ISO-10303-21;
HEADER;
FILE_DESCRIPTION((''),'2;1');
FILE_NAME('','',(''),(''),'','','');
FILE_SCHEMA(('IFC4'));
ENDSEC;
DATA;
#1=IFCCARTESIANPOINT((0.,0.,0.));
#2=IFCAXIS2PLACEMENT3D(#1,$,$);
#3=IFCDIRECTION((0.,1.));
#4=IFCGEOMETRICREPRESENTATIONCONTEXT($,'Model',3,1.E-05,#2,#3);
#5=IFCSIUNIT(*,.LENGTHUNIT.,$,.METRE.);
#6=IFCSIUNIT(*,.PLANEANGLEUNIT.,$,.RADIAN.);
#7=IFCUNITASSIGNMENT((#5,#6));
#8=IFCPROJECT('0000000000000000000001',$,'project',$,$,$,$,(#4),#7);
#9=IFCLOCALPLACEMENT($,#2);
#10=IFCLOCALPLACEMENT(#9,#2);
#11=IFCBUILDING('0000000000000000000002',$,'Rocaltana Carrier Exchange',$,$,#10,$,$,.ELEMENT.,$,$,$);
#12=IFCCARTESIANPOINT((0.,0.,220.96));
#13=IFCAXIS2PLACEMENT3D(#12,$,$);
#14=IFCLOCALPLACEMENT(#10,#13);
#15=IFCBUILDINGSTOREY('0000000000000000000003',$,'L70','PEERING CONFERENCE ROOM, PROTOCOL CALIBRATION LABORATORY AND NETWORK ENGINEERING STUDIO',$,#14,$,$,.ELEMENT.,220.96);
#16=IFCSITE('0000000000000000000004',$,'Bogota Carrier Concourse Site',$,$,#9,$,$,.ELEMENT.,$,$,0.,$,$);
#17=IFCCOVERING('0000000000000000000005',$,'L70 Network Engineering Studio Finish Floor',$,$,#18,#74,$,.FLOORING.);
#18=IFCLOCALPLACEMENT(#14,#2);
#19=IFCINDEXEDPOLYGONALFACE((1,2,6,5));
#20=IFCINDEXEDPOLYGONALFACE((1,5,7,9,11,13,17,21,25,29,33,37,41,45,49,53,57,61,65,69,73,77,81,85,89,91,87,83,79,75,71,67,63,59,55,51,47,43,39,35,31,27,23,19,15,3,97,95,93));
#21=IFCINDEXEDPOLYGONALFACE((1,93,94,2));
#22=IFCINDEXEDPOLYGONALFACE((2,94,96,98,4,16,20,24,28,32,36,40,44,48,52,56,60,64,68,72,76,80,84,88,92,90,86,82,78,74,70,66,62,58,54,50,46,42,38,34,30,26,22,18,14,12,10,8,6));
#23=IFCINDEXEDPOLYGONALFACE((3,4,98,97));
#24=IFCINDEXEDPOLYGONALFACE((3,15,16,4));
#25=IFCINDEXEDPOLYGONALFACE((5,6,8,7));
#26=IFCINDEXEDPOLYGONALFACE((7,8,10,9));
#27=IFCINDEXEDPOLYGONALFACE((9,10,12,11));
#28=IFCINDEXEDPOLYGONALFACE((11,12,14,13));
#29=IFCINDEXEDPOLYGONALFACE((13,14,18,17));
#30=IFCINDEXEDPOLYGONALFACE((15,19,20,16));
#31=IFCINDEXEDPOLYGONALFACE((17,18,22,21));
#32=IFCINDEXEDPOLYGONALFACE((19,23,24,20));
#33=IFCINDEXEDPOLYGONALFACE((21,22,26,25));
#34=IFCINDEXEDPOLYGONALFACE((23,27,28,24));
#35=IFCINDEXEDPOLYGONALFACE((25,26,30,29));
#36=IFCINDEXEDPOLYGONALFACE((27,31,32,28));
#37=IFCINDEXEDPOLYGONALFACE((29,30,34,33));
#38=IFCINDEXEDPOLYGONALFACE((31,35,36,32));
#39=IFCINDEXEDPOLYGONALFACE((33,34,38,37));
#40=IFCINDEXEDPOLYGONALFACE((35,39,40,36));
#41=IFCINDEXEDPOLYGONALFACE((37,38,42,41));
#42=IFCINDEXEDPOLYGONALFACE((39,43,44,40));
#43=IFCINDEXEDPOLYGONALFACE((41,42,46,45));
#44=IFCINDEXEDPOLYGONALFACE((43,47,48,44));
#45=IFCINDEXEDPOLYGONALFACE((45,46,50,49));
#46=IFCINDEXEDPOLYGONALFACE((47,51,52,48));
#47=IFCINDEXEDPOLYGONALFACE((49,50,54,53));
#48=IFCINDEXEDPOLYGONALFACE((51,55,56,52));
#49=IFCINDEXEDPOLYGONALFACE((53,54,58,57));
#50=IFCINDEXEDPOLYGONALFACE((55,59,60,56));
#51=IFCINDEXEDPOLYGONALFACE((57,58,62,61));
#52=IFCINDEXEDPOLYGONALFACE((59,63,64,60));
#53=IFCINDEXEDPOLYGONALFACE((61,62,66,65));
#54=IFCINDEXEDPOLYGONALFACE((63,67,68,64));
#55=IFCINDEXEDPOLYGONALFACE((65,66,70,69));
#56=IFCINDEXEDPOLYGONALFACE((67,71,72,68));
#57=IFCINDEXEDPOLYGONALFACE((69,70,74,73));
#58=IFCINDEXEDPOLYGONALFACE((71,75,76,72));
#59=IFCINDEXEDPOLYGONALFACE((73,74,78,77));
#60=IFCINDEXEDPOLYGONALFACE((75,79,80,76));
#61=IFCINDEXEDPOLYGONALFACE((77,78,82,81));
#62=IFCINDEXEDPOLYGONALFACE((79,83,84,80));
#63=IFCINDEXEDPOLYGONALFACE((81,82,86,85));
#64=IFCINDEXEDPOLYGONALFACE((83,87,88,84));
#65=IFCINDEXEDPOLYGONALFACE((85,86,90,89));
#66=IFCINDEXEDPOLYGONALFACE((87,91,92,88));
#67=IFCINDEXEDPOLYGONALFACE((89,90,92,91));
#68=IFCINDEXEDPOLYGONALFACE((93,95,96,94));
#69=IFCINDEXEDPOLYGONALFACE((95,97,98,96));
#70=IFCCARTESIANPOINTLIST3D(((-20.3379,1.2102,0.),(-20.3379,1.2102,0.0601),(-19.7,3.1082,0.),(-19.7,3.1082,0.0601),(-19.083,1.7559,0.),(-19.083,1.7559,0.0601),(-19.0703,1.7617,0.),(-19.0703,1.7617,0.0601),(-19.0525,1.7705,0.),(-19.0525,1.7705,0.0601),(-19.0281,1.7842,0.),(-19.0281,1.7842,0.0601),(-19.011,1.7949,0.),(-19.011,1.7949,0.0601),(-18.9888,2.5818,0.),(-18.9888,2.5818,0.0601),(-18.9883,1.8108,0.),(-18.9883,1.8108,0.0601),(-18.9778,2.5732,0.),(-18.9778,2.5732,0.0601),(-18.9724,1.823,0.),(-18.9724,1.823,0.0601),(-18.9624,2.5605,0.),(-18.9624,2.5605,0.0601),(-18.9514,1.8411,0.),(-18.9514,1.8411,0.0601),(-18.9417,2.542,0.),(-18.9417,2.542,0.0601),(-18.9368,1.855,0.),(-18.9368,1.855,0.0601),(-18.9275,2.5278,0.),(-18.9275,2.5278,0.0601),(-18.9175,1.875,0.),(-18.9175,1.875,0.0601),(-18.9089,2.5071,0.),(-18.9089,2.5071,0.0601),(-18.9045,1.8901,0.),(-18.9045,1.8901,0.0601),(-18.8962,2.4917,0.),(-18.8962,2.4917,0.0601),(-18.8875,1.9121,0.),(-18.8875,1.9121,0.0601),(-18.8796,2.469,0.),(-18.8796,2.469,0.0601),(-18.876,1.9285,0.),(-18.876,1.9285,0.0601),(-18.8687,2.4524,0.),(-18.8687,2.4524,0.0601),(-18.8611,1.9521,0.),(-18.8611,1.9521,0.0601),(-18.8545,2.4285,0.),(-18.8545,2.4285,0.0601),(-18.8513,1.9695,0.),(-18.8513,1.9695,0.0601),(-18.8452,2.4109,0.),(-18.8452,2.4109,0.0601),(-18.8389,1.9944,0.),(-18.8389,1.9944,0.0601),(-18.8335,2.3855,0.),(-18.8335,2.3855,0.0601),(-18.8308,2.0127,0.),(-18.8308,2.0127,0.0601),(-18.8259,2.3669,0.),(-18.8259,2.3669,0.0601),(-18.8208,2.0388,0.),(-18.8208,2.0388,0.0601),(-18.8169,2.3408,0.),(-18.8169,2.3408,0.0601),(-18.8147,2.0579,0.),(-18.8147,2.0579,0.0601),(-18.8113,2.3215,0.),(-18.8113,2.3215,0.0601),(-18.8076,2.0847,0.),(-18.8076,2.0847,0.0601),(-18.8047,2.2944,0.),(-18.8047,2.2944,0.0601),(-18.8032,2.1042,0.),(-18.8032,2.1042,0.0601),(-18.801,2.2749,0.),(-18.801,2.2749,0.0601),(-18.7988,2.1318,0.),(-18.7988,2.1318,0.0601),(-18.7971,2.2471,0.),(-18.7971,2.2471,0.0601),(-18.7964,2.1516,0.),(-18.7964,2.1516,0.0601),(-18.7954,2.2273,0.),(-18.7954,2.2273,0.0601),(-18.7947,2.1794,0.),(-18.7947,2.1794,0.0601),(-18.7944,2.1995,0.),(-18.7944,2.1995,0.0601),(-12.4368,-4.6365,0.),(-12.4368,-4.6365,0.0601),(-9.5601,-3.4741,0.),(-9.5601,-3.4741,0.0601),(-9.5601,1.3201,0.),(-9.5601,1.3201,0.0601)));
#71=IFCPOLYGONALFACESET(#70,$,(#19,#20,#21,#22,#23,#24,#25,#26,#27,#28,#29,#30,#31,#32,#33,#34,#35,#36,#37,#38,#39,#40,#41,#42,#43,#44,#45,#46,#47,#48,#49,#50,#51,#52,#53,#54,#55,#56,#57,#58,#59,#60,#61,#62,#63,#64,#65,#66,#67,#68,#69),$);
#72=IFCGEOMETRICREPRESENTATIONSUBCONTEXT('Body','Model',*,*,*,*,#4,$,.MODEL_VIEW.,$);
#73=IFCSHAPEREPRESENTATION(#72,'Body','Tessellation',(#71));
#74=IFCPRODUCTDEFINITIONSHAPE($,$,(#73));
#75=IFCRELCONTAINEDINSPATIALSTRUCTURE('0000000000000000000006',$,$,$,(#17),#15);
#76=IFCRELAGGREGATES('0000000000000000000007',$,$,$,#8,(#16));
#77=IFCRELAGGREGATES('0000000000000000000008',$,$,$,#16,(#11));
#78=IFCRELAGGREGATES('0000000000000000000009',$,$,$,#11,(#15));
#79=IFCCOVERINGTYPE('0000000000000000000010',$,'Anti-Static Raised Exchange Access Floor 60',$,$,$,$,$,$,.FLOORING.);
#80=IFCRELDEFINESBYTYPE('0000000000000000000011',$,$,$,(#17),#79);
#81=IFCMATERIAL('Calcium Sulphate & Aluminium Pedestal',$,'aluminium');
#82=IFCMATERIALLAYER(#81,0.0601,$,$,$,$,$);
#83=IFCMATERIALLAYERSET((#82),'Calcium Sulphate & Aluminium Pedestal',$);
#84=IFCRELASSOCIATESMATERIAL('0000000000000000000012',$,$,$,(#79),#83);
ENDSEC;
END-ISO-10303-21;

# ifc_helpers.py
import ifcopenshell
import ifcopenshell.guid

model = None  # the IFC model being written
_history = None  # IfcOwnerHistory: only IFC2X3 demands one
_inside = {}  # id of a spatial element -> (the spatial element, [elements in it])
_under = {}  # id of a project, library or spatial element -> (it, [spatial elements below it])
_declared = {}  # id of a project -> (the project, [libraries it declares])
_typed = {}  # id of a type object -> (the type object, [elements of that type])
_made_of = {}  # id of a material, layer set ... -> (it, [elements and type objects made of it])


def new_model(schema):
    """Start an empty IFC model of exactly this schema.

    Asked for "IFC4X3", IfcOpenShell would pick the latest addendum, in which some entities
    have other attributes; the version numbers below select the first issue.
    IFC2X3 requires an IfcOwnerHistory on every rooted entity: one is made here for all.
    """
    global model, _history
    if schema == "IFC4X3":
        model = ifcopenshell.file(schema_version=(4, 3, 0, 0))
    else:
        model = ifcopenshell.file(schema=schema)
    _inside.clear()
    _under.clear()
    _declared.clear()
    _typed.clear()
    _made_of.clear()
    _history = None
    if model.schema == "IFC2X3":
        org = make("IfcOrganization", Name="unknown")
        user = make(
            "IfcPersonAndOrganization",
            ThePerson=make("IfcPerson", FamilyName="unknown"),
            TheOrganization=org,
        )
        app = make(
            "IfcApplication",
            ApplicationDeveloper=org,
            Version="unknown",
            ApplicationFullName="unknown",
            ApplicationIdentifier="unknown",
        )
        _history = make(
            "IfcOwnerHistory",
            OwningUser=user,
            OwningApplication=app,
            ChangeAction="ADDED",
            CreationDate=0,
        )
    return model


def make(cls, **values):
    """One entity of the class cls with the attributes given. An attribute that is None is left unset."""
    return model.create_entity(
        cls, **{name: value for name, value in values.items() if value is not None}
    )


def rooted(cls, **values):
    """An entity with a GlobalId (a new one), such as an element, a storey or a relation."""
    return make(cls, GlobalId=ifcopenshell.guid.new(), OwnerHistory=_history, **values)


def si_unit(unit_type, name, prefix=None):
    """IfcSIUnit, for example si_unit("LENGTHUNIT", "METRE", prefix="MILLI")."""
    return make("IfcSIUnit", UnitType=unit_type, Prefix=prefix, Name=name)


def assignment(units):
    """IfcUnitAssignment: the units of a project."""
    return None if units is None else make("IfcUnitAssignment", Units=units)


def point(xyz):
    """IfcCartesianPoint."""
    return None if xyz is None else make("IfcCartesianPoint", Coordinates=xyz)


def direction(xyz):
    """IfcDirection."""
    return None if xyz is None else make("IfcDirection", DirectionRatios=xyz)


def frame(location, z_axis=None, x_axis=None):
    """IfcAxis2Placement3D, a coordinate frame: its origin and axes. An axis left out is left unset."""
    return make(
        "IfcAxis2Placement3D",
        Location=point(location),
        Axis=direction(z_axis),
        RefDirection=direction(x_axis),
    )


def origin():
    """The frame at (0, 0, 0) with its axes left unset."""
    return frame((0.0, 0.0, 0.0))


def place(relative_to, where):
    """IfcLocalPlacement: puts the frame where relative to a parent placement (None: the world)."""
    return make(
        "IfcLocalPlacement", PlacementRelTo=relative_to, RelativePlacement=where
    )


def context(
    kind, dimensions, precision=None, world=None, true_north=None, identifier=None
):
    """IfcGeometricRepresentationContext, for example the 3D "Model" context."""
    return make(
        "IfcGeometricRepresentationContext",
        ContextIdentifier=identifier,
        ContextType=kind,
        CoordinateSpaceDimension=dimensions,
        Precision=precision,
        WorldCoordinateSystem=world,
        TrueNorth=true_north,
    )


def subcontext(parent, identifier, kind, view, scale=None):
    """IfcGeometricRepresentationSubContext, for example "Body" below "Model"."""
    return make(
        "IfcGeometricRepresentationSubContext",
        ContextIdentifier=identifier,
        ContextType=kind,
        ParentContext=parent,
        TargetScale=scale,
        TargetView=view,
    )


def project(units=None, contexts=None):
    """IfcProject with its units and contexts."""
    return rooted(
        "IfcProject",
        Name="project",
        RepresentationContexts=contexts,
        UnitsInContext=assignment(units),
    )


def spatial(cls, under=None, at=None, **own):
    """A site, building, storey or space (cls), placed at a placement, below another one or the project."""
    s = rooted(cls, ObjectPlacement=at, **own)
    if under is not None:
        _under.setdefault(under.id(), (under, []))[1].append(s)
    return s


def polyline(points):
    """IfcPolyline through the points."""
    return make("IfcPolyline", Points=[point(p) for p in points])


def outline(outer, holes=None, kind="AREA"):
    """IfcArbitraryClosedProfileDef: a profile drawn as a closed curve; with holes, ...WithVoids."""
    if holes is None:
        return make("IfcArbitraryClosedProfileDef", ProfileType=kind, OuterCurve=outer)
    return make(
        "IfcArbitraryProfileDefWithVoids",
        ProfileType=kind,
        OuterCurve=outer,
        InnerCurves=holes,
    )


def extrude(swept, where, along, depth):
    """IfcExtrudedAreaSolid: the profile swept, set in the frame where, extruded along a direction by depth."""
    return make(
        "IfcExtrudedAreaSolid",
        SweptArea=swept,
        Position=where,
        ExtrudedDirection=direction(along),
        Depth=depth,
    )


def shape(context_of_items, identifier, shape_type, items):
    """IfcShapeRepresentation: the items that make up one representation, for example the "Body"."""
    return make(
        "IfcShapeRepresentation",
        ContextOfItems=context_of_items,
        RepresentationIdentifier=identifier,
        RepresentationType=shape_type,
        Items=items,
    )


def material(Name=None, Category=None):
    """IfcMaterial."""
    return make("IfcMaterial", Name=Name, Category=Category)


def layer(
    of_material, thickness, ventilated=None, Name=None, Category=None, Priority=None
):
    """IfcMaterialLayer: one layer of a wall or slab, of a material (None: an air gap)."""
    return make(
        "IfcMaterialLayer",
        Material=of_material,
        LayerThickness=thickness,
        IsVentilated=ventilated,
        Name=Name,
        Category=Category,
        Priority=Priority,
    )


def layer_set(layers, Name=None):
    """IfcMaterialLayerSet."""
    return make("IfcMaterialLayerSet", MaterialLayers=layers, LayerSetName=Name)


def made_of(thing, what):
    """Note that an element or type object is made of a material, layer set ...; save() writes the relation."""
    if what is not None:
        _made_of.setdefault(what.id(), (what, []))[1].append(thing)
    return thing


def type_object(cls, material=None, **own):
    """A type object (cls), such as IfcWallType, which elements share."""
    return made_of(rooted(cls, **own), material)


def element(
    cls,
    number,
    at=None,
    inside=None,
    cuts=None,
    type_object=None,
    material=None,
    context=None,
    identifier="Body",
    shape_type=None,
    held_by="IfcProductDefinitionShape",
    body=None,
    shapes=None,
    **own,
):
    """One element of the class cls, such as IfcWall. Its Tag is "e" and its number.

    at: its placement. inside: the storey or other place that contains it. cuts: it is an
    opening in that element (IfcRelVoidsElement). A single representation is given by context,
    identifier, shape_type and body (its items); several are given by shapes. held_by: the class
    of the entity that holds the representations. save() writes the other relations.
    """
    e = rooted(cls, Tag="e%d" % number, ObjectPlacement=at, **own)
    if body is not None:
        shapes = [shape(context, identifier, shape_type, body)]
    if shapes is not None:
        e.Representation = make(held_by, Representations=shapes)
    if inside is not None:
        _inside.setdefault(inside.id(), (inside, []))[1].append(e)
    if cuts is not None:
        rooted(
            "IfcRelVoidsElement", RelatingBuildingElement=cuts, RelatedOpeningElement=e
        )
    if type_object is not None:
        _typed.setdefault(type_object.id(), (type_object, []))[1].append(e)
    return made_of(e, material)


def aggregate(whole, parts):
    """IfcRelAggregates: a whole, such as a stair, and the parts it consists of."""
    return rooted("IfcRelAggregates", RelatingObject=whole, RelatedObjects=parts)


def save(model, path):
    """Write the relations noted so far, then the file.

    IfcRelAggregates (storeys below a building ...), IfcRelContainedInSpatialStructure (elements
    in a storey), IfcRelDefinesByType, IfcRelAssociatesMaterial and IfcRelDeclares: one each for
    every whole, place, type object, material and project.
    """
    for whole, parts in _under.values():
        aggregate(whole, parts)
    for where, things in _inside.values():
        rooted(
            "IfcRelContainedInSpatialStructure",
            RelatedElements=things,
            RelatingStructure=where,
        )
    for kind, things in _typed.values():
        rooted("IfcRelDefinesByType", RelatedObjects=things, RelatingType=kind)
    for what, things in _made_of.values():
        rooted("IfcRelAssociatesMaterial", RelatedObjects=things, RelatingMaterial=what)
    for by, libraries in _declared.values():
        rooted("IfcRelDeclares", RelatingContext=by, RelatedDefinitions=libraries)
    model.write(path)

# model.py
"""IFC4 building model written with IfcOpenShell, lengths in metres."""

from ifc_helpers import new_model, si_unit, direction, frame, origin, place, context, subcontext, project, spatial, polyline, outline, extrude, material, layer, layer_set, type_object, element, save


model = new_model("IFC4")

# Units and contexts
model_context = context("Model", 3, precision=1e-05, world=origin(), true_north=direction((0.0, 1.0)))
body_context = subcontext(model_context, "Body", "Model", "MODEL_VIEW")
ifc_project = project(units=[si_unit("LENGTHUNIT", "METRE"), si_unit("PLANEANGLEUNIT", "RADIAN")], contexts=[model_context])

# Site, building, storey
site_placement = place(None, origin())
site = spatial("IfcSite", under=ifc_project, at=site_placement, Name="Bogota Carrier Concourse Site", CompositionType="ELEMENT", RefElevation=0.0)
building_placement = place(site_placement, origin())
building = spatial("IfcBuilding", under=site, at=building_placement, Name="Rocaltana Carrier Exchange", CompositionType="ELEMENT")
storey_placement = place(building_placement, frame((0.0, 0.0, 220.96)))
storey = spatial("IfcBuildingStorey", under=building, at=storey_placement, Name="L70", Description="PEERING CONFERENCE ROOM, PROTOCOL CALIBRATION LABORATORY AND NETWORK ENGINEERING STUDIO", CompositionType="ELEMENT", Elevation=220.96)

# Covering
ifc_material_1 = material(Name="Calcium Sulphate & Aluminium Pedestal", Category="aluminium")
ifc_layer_1 = layer(ifc_material_1, 0.0601)
ifc_layer_set_1 = layer_set([ifc_layer_1], Name="Calcium Sulphate & Aluminium Pedestal")
covering_type_1 = type_object("IfcCoveringType", Name="Anti-Static Raised Exchange Access Floor 60", PredefinedType="FLOORING", material=ifc_layer_set_1)
covering_1_placement = place(storey_placement, origin())
element("IfcCovering", 1, at=covering_1_placement, inside=storey, type_object=covering_type_1, Name="L70 Network Engineering Studio Finish Floor", PredefinedType="FLOORING", context=body_context, shape_type="SweptSolid", body=[
    extrude(outline(polyline([(-19.7, 3.1082), (-9.5601, 1.3201), (-9.5601, -3.4741), (-12.4368, -4.6365), (-20.3379, 1.2102), (-19.083, 1.7559), (-19.0703, 1.7617), (-19.0525, 1.7705), (-19.0281, 1.7842), (-19.011, 1.7949), (-18.9883, 1.8108), (-18.9724, 1.823), (-18.9514, 1.8411), (-18.9368, 1.855), (-18.9175, 1.875), (-18.9045, 1.8901), (-18.8875, 1.9121), (-18.876, 1.9285), (-18.8611, 1.9521), (-18.8513, 1.9695), (-18.8389, 1.9944), (-18.8308, 2.0127), (-18.8208, 2.0388), (-18.8147, 2.0579), (-18.8076, 2.0847), (-18.8032, 2.1042), (-18.7988, 2.1318), (-18.7964, 2.1516), (-18.7947, 2.1794), (-18.7944, 2.1995), (-18.7954, 2.2273), (-18.7971, 2.2471), (-18.801, 2.2749), (-18.8047, 2.2944), (-18.8113, 2.3215), (-18.8169, 2.3408), (-18.8259, 2.3669), (-18.8335, 2.3855), (-18.8452, 2.4109), (-18.8545, 2.4285), (-18.8687, 2.4524), (-18.8796, 2.469), (-18.8962, 2.4917), (-18.9089, 2.5071), (-18.9275, 2.5278), (-18.9417, 2.542), (-18.9624, 2.5605), (-18.9778, 2.5732), (-18.9888, 2.5818), (-19.7, 3.1082)])), origin(), (0.0, 0.0, 1.0), 0.0601),
])

save(model, "model.ifc")
